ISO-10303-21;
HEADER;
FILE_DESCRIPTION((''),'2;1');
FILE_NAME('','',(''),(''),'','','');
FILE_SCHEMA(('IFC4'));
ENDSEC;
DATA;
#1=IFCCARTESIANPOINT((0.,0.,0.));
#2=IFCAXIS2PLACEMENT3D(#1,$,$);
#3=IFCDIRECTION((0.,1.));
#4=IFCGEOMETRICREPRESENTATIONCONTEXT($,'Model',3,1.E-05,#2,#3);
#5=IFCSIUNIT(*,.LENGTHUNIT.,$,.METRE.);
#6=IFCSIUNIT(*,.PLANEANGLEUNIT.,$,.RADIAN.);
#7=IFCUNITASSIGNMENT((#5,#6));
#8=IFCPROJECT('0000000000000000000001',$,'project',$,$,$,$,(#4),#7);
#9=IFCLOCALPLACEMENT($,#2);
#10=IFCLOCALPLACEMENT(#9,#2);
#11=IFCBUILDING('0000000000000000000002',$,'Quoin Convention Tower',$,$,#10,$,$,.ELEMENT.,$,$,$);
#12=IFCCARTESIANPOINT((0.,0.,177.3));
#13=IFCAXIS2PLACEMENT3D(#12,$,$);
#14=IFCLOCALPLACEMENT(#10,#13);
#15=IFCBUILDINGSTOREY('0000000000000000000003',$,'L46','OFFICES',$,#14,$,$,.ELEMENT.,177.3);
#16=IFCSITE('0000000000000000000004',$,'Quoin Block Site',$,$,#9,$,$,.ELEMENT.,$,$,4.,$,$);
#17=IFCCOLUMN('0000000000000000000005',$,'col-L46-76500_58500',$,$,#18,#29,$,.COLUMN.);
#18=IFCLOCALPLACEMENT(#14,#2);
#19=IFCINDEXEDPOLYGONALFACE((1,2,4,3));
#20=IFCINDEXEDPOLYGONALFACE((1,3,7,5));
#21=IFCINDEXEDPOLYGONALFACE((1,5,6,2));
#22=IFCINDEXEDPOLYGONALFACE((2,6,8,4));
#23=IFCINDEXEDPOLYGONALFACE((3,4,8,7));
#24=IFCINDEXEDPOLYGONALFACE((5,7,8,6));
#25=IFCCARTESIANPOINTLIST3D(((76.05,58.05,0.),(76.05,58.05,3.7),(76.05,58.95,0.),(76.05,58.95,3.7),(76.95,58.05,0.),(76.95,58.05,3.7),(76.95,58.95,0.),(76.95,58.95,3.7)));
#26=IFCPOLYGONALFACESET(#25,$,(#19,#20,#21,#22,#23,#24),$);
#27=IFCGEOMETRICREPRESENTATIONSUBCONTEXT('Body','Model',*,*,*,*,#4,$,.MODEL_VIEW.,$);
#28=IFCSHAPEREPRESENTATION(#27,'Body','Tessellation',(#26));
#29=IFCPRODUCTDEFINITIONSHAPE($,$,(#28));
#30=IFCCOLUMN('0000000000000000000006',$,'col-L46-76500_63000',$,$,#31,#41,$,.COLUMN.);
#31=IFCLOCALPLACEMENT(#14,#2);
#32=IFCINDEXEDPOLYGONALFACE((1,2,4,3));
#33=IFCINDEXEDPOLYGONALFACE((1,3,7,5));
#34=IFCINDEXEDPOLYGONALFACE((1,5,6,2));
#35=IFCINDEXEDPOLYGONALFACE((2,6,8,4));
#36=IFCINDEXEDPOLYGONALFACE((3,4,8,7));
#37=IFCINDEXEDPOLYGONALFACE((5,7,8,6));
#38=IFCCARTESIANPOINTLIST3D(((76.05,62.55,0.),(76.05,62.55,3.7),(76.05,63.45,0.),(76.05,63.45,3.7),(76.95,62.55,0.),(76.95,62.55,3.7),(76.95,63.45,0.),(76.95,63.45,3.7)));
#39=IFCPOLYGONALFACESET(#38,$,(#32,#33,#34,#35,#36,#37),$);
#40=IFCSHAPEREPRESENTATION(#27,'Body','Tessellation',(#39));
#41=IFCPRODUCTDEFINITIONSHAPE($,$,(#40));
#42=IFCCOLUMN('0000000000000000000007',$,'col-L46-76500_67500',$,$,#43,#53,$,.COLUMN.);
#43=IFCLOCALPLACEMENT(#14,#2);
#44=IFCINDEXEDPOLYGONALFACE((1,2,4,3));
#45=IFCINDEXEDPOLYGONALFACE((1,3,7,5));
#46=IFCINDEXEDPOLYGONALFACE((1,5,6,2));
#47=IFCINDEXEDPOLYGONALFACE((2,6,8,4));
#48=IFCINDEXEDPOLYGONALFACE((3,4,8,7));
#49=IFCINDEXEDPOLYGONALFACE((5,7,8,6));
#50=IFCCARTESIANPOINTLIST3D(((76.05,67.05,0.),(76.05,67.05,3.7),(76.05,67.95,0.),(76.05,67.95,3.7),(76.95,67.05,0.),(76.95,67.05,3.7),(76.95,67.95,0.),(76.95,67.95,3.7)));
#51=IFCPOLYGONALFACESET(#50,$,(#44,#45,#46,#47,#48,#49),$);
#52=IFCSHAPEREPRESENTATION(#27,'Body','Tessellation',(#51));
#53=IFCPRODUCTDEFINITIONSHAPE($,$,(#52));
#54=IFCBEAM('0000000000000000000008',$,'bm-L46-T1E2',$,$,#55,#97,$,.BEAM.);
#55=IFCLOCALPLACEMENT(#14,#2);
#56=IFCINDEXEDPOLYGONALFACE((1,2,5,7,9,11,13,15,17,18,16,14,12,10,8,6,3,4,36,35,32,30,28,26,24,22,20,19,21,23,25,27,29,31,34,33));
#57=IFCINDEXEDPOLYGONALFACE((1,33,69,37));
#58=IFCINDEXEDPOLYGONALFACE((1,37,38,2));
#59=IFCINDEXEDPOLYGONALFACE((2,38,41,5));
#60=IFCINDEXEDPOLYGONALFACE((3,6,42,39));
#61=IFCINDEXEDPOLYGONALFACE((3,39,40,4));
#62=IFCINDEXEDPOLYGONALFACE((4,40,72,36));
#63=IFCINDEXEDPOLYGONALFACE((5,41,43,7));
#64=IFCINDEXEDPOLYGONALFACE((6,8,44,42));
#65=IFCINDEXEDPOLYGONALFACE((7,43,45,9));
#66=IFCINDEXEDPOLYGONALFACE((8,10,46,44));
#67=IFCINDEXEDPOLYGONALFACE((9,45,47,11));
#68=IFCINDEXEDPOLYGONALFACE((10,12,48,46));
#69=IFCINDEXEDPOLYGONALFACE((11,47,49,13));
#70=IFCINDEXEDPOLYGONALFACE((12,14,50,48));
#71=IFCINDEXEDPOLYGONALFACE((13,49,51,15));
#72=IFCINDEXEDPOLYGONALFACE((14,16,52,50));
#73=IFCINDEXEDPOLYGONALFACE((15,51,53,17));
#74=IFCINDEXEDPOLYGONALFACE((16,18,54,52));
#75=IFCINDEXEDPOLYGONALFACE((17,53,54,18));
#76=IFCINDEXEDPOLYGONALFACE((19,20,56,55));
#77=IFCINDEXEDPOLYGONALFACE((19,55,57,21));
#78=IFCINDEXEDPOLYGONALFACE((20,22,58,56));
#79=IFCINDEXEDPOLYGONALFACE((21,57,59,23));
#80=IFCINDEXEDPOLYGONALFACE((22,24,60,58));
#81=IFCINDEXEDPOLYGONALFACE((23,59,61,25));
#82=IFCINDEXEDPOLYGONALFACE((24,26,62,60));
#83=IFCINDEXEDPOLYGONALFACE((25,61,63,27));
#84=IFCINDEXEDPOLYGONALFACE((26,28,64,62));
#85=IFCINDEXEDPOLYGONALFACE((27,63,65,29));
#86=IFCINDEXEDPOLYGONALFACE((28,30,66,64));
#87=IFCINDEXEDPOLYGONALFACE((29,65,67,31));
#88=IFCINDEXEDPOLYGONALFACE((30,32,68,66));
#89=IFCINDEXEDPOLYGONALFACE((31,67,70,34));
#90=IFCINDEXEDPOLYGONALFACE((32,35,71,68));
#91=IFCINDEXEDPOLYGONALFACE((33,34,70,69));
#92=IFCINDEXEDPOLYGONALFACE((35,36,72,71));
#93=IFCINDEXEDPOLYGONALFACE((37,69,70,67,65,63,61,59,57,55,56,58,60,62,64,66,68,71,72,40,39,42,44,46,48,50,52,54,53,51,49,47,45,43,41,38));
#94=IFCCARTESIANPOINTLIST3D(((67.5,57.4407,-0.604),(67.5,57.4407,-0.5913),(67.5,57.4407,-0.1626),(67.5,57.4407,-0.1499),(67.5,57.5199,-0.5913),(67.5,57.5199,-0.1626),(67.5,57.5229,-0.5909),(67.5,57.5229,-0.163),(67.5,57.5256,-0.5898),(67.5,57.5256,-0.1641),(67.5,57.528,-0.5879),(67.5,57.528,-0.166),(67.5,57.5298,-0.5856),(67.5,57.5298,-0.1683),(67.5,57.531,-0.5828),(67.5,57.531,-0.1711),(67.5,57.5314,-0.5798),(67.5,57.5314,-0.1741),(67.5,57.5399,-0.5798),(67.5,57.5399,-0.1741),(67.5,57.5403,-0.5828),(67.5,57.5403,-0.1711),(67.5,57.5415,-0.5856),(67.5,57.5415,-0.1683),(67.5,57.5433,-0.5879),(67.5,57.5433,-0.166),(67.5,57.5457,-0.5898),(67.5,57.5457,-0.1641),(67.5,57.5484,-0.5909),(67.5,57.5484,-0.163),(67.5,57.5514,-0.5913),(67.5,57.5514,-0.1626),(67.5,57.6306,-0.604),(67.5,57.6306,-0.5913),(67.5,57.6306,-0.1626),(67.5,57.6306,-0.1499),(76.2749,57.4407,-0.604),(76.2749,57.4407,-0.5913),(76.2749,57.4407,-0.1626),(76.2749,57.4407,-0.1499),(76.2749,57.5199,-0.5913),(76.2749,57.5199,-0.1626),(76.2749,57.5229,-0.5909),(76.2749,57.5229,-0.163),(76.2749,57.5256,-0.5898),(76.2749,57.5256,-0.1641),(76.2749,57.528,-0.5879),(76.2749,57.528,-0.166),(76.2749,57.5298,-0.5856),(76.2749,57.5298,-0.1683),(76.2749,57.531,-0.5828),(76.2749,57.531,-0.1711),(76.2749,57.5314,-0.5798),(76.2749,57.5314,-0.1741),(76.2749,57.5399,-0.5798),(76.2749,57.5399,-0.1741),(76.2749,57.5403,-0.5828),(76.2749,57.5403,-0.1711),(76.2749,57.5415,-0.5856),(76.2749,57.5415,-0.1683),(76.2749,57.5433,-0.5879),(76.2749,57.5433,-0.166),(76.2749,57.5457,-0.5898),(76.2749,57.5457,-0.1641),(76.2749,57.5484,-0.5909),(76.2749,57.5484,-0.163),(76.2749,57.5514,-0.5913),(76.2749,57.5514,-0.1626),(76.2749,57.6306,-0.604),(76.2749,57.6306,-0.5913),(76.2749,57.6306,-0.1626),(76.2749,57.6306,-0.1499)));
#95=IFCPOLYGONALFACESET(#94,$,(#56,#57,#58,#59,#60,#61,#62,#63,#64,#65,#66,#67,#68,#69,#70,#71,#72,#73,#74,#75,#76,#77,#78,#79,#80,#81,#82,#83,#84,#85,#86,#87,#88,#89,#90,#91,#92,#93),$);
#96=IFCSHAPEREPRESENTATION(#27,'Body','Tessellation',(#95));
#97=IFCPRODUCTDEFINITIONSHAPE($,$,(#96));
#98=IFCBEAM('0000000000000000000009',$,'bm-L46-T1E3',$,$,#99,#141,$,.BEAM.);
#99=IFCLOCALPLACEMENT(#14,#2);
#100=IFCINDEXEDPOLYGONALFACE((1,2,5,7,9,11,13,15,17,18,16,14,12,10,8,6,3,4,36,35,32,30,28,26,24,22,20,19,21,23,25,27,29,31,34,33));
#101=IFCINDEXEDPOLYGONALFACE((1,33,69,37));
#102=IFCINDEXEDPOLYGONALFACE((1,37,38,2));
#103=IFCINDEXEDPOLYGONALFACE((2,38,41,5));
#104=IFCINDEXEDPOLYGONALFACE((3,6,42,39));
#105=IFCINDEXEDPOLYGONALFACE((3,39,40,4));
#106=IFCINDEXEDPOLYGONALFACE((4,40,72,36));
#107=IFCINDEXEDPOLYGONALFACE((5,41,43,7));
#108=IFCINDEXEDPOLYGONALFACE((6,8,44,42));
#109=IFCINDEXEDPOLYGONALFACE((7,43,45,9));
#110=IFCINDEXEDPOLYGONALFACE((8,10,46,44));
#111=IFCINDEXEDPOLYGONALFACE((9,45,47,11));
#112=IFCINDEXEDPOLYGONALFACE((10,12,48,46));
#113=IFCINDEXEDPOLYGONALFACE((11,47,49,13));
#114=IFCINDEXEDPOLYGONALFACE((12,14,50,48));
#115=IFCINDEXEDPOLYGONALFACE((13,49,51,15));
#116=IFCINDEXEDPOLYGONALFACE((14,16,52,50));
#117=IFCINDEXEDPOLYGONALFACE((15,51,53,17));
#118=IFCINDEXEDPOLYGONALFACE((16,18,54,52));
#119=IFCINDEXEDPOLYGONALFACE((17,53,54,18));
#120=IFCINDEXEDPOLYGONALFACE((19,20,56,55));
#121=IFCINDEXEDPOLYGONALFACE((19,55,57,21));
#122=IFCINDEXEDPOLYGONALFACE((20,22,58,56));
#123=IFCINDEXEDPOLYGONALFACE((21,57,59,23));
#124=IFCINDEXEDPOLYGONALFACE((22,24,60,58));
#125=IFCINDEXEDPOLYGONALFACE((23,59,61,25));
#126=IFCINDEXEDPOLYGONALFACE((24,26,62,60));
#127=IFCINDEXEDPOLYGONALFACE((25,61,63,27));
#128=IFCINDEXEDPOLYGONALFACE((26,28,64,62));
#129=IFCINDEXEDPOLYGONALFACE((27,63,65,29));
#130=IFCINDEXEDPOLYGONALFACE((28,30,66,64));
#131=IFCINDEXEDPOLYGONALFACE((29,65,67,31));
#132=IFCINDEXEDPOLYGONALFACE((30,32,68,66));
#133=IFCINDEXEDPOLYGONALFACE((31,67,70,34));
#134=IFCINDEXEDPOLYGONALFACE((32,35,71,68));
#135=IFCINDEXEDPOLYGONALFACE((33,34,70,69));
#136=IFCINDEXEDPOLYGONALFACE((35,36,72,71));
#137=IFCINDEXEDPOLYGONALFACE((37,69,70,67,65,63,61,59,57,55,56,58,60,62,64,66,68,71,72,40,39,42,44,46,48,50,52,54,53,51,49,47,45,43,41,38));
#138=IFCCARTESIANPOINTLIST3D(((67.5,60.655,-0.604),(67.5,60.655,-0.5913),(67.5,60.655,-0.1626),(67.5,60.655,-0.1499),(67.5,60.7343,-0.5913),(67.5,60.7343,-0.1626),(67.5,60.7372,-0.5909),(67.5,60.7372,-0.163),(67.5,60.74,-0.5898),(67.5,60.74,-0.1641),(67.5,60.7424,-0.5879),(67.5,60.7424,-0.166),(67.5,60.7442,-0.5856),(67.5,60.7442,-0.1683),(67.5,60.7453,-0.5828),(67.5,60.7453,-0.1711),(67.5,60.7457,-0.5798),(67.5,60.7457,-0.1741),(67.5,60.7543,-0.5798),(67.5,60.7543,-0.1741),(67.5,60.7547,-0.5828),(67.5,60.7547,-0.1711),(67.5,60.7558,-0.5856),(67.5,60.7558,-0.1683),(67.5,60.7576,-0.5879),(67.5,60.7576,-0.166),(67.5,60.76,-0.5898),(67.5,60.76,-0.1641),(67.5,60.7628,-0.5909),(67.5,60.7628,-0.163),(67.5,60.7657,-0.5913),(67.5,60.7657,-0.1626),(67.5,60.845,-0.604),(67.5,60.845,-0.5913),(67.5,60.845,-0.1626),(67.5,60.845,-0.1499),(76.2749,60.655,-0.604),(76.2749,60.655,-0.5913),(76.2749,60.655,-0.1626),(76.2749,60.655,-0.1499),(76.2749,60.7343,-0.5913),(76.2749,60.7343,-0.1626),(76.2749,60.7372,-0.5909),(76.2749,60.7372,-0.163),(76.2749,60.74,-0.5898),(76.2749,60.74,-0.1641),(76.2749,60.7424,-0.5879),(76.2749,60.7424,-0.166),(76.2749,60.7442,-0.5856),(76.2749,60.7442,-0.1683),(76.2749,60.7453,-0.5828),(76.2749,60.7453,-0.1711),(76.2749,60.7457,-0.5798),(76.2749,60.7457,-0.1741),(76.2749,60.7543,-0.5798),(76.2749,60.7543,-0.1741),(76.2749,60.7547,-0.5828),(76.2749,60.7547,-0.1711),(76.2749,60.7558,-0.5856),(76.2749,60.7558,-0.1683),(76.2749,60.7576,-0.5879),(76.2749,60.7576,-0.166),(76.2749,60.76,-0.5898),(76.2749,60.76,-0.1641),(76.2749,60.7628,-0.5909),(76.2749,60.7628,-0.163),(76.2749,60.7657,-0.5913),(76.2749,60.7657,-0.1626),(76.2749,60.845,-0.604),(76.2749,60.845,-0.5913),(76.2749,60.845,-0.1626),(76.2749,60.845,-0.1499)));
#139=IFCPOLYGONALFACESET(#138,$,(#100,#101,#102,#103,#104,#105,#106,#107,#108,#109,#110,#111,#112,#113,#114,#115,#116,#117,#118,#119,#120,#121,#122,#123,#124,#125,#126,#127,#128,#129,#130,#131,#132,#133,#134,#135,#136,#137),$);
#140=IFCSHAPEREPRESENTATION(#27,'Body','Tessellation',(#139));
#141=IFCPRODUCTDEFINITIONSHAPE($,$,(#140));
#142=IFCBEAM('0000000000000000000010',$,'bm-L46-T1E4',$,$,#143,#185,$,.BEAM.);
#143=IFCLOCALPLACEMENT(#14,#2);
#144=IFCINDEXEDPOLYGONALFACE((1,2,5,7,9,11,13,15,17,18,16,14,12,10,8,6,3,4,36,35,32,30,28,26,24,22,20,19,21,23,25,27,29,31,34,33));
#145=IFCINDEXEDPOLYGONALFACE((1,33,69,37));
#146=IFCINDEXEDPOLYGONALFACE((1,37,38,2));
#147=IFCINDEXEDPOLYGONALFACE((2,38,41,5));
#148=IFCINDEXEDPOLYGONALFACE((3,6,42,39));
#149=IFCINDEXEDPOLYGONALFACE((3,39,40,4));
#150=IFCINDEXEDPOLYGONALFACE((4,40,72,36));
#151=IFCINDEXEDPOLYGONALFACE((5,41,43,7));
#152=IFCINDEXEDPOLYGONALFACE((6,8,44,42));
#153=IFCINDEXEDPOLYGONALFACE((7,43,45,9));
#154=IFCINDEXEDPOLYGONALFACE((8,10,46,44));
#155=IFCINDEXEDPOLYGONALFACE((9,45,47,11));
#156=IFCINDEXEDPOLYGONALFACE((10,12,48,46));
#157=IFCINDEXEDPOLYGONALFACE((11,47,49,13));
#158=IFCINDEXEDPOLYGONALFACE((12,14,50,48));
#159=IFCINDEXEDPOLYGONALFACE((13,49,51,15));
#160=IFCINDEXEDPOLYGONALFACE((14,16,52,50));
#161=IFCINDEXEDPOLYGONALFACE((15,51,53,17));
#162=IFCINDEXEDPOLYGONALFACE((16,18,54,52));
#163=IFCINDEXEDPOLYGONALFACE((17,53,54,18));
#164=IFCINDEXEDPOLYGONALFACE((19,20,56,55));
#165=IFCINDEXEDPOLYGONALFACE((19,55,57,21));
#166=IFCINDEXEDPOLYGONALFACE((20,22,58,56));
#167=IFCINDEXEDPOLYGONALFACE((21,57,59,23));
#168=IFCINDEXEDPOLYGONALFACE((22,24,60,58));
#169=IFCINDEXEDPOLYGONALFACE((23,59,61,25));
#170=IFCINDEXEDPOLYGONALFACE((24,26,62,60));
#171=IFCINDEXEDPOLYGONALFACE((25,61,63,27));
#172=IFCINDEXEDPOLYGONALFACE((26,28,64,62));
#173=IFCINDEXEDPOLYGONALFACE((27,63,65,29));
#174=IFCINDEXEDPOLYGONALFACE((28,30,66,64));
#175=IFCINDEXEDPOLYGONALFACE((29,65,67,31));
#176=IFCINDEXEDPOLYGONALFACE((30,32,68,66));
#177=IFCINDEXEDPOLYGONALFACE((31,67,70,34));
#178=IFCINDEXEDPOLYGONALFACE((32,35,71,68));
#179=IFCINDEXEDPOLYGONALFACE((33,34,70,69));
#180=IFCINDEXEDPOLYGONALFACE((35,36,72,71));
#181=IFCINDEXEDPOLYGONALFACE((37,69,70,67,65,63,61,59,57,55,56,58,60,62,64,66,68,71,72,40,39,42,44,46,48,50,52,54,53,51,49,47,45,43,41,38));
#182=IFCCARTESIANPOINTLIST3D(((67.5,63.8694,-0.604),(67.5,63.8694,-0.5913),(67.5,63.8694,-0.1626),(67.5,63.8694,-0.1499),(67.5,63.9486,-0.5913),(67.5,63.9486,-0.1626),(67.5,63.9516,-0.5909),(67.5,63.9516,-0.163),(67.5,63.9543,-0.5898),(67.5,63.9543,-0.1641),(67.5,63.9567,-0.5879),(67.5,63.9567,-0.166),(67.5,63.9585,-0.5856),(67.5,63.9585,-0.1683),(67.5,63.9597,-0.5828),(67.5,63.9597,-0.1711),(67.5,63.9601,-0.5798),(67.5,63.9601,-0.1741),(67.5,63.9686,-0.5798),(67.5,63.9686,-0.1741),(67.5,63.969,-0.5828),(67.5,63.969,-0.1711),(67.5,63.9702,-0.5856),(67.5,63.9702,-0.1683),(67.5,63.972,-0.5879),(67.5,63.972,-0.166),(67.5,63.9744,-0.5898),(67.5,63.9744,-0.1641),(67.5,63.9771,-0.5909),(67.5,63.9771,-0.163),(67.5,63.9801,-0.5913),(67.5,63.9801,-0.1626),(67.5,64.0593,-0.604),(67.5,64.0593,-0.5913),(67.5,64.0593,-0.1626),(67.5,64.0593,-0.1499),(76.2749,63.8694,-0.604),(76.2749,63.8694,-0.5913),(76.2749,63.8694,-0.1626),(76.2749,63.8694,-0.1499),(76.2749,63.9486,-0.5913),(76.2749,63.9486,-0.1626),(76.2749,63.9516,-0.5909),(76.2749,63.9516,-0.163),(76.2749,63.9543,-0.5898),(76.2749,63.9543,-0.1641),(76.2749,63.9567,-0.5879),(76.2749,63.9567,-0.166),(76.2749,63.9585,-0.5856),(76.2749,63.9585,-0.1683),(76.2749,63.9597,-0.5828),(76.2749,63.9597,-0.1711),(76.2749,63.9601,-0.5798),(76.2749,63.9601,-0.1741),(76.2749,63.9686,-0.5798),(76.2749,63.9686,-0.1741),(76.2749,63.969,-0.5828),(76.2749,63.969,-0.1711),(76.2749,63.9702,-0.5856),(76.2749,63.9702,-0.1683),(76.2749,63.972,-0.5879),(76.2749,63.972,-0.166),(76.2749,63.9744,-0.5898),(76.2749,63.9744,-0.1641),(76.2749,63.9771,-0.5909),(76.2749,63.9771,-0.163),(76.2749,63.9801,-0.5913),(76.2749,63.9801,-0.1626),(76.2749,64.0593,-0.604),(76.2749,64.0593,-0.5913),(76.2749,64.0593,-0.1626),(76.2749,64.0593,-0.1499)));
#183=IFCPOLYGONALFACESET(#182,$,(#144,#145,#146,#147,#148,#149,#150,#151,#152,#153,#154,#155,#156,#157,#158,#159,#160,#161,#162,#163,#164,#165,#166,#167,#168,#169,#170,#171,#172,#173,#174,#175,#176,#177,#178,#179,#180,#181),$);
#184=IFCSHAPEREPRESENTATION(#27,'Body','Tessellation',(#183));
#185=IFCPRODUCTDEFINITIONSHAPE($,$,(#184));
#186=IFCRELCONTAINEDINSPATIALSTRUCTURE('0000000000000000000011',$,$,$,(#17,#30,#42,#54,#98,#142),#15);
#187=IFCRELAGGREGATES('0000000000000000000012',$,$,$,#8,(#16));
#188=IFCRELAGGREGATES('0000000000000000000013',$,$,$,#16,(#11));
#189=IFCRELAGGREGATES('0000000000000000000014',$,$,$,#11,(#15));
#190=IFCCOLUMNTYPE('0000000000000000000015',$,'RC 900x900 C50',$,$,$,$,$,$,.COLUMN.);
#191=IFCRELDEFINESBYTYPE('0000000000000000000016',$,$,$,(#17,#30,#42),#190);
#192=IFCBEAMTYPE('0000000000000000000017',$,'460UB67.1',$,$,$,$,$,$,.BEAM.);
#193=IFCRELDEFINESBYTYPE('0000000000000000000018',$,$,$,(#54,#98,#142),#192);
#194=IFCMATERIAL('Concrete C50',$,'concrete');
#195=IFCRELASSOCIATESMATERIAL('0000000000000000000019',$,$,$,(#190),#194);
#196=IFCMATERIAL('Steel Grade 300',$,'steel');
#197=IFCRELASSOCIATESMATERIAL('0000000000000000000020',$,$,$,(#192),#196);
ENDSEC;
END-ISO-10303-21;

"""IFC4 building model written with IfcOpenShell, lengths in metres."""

from ifc_helpers import new_model, si_unit, direction, frame, origin, origin_2d, place, context, subcontext, project, spatial, rectangle, i_section, extrude, material, material_profile, profile_set, type_object, element, save


model = new_model("IFC4")

# Units and contexts
model_context = context("Model", 3, precision=1e-05, world=origin(), true_north=direction((0.0, 1.0)))
body_context = subcontext(model_context, "Body", "Model", "MODEL_VIEW")
ifc_project = project(units=[si_unit("LENGTHUNIT", "METRE"), si_unit("PLANEANGLEUNIT", "RADIAN")], contexts=[model_context])

# Site, building, storey
site_placement = place(None, origin())
site = spatial("IfcSite", under=ifc_project, at=site_placement, Name="Quoin Block Site", CompositionType="ELEMENT", RefElevation=4.0)
building_placement = place(site_placement, origin())
building = spatial("IfcBuilding", under=site, at=building_placement, Name="Quoin Convention Tower", CompositionType="ELEMENT")
storey_placement = place(building_placement, frame((0.0, 0.0, 177.3)))
storey = spatial("IfcBuildingStorey", under=building, at=storey_placement, Name="L46", Description="OFFICES", CompositionType="ELEMENT", Elevation=177.3)

# Columns
ifc_material_1 = material(Name="Concrete C50", Category="concrete")
ifc_material_profile_1 = material_profile(ifc_material_1, rectangle(XDim=0.8999, YDim=0.8999, at=origin_2d()), Name="RC 900x900")
ifc_profile_set_1 = profile_set([ifc_material_profile_1], Name="Concrete C50")
column_type = type_object("IfcColumnType", Name="RC 900x900 C50", PredefinedType="COLUMN", material=ifc_profile_set_1)
for number, where, z_axis, x_axis, name in (
    (1, (76.5, 58.5, 0.0), (0.0, 0.0, 1.0), (1.0, 0.0, 0.0), "col-L46-76500_58500"),
    (2, (76.5, 63.0, 0.0), (0.0, 0.0, 1.0), (1.0, 0.0, 0.0), "col-L46-76500_63000"),
    (3, (76.5, 67.5, 0.0), (0.0, 0.0, 1.0), (1.0, 0.0, 0.0), "col-L46-76500_67500"),
):
    element("IfcColumn", number, at=place(storey_placement, frame(where, z_axis=z_axis, x_axis=x_axis)), inside=storey, type_object=column_type, Name=name, PredefinedType="COLUMN", context=body_context, shape_type="SweptSolid", body=[
        extrude(rectangle(XDim=0.8999, YDim=0.8999, at=origin_2d()), origin(), (0.0, 0.0, 1.0), 3.7),
    ])

# Beams
ifc_material_2 = material(Name="Steel Grade 300", Category="steel")
ifc_material_profile_2 = material_profile(ifc_material_2, i_section(OverallWidth=0.1899, OverallDepth=0.4541, WebThickness=0.0085, FlangeThickness=0.0127, FilletRadius=0.0115, at=origin_2d()), Name="460UB67.1")
ifc_profile_set_2 = profile_set([ifc_material_profile_2], Name="Steel Grade 300")
beam_type_1 = type_object("IfcBeamType", Name="460UB67.1", PredefinedType="BEAM", material=ifc_profile_set_2)
for number, where, z_axis, x_axis, name in (
    (4, (67.5, 57.5356, -0.377), (1.0, 0.0, 0.0), (0.0, 1.0, 0.0), "bm-L46-T1E2"),
    (5, (67.5, 60.75, -0.377), (1.0, 0.0, 0.0), (0.0, 1.0, 0.0), "bm-L46-T1E3"),
    (6, (67.5, 63.9644, -0.377), (1.0, 0.0, 0.0), (0.0, 1.0, 0.0), "bm-L46-T1E4"),
):
    element("IfcBeam", number, at=place(storey_placement, frame(where, z_axis=z_axis, x_axis=x_axis)), inside=storey, type_object=beam_type_1, Name=name, PredefinedType="BEAM", context=body_context, shape_type="SweptSolid", body=[
        extrude(i_section(OverallWidth=0.1899, OverallDepth=0.4541, WebThickness=0.0085, FlangeThickness=0.0127, FilletRadius=0.0115, at=origin_2d()), origin(), (0.0, 0.0, 1.0), 8.7749),
    ])

save(model, "model.ifc")
